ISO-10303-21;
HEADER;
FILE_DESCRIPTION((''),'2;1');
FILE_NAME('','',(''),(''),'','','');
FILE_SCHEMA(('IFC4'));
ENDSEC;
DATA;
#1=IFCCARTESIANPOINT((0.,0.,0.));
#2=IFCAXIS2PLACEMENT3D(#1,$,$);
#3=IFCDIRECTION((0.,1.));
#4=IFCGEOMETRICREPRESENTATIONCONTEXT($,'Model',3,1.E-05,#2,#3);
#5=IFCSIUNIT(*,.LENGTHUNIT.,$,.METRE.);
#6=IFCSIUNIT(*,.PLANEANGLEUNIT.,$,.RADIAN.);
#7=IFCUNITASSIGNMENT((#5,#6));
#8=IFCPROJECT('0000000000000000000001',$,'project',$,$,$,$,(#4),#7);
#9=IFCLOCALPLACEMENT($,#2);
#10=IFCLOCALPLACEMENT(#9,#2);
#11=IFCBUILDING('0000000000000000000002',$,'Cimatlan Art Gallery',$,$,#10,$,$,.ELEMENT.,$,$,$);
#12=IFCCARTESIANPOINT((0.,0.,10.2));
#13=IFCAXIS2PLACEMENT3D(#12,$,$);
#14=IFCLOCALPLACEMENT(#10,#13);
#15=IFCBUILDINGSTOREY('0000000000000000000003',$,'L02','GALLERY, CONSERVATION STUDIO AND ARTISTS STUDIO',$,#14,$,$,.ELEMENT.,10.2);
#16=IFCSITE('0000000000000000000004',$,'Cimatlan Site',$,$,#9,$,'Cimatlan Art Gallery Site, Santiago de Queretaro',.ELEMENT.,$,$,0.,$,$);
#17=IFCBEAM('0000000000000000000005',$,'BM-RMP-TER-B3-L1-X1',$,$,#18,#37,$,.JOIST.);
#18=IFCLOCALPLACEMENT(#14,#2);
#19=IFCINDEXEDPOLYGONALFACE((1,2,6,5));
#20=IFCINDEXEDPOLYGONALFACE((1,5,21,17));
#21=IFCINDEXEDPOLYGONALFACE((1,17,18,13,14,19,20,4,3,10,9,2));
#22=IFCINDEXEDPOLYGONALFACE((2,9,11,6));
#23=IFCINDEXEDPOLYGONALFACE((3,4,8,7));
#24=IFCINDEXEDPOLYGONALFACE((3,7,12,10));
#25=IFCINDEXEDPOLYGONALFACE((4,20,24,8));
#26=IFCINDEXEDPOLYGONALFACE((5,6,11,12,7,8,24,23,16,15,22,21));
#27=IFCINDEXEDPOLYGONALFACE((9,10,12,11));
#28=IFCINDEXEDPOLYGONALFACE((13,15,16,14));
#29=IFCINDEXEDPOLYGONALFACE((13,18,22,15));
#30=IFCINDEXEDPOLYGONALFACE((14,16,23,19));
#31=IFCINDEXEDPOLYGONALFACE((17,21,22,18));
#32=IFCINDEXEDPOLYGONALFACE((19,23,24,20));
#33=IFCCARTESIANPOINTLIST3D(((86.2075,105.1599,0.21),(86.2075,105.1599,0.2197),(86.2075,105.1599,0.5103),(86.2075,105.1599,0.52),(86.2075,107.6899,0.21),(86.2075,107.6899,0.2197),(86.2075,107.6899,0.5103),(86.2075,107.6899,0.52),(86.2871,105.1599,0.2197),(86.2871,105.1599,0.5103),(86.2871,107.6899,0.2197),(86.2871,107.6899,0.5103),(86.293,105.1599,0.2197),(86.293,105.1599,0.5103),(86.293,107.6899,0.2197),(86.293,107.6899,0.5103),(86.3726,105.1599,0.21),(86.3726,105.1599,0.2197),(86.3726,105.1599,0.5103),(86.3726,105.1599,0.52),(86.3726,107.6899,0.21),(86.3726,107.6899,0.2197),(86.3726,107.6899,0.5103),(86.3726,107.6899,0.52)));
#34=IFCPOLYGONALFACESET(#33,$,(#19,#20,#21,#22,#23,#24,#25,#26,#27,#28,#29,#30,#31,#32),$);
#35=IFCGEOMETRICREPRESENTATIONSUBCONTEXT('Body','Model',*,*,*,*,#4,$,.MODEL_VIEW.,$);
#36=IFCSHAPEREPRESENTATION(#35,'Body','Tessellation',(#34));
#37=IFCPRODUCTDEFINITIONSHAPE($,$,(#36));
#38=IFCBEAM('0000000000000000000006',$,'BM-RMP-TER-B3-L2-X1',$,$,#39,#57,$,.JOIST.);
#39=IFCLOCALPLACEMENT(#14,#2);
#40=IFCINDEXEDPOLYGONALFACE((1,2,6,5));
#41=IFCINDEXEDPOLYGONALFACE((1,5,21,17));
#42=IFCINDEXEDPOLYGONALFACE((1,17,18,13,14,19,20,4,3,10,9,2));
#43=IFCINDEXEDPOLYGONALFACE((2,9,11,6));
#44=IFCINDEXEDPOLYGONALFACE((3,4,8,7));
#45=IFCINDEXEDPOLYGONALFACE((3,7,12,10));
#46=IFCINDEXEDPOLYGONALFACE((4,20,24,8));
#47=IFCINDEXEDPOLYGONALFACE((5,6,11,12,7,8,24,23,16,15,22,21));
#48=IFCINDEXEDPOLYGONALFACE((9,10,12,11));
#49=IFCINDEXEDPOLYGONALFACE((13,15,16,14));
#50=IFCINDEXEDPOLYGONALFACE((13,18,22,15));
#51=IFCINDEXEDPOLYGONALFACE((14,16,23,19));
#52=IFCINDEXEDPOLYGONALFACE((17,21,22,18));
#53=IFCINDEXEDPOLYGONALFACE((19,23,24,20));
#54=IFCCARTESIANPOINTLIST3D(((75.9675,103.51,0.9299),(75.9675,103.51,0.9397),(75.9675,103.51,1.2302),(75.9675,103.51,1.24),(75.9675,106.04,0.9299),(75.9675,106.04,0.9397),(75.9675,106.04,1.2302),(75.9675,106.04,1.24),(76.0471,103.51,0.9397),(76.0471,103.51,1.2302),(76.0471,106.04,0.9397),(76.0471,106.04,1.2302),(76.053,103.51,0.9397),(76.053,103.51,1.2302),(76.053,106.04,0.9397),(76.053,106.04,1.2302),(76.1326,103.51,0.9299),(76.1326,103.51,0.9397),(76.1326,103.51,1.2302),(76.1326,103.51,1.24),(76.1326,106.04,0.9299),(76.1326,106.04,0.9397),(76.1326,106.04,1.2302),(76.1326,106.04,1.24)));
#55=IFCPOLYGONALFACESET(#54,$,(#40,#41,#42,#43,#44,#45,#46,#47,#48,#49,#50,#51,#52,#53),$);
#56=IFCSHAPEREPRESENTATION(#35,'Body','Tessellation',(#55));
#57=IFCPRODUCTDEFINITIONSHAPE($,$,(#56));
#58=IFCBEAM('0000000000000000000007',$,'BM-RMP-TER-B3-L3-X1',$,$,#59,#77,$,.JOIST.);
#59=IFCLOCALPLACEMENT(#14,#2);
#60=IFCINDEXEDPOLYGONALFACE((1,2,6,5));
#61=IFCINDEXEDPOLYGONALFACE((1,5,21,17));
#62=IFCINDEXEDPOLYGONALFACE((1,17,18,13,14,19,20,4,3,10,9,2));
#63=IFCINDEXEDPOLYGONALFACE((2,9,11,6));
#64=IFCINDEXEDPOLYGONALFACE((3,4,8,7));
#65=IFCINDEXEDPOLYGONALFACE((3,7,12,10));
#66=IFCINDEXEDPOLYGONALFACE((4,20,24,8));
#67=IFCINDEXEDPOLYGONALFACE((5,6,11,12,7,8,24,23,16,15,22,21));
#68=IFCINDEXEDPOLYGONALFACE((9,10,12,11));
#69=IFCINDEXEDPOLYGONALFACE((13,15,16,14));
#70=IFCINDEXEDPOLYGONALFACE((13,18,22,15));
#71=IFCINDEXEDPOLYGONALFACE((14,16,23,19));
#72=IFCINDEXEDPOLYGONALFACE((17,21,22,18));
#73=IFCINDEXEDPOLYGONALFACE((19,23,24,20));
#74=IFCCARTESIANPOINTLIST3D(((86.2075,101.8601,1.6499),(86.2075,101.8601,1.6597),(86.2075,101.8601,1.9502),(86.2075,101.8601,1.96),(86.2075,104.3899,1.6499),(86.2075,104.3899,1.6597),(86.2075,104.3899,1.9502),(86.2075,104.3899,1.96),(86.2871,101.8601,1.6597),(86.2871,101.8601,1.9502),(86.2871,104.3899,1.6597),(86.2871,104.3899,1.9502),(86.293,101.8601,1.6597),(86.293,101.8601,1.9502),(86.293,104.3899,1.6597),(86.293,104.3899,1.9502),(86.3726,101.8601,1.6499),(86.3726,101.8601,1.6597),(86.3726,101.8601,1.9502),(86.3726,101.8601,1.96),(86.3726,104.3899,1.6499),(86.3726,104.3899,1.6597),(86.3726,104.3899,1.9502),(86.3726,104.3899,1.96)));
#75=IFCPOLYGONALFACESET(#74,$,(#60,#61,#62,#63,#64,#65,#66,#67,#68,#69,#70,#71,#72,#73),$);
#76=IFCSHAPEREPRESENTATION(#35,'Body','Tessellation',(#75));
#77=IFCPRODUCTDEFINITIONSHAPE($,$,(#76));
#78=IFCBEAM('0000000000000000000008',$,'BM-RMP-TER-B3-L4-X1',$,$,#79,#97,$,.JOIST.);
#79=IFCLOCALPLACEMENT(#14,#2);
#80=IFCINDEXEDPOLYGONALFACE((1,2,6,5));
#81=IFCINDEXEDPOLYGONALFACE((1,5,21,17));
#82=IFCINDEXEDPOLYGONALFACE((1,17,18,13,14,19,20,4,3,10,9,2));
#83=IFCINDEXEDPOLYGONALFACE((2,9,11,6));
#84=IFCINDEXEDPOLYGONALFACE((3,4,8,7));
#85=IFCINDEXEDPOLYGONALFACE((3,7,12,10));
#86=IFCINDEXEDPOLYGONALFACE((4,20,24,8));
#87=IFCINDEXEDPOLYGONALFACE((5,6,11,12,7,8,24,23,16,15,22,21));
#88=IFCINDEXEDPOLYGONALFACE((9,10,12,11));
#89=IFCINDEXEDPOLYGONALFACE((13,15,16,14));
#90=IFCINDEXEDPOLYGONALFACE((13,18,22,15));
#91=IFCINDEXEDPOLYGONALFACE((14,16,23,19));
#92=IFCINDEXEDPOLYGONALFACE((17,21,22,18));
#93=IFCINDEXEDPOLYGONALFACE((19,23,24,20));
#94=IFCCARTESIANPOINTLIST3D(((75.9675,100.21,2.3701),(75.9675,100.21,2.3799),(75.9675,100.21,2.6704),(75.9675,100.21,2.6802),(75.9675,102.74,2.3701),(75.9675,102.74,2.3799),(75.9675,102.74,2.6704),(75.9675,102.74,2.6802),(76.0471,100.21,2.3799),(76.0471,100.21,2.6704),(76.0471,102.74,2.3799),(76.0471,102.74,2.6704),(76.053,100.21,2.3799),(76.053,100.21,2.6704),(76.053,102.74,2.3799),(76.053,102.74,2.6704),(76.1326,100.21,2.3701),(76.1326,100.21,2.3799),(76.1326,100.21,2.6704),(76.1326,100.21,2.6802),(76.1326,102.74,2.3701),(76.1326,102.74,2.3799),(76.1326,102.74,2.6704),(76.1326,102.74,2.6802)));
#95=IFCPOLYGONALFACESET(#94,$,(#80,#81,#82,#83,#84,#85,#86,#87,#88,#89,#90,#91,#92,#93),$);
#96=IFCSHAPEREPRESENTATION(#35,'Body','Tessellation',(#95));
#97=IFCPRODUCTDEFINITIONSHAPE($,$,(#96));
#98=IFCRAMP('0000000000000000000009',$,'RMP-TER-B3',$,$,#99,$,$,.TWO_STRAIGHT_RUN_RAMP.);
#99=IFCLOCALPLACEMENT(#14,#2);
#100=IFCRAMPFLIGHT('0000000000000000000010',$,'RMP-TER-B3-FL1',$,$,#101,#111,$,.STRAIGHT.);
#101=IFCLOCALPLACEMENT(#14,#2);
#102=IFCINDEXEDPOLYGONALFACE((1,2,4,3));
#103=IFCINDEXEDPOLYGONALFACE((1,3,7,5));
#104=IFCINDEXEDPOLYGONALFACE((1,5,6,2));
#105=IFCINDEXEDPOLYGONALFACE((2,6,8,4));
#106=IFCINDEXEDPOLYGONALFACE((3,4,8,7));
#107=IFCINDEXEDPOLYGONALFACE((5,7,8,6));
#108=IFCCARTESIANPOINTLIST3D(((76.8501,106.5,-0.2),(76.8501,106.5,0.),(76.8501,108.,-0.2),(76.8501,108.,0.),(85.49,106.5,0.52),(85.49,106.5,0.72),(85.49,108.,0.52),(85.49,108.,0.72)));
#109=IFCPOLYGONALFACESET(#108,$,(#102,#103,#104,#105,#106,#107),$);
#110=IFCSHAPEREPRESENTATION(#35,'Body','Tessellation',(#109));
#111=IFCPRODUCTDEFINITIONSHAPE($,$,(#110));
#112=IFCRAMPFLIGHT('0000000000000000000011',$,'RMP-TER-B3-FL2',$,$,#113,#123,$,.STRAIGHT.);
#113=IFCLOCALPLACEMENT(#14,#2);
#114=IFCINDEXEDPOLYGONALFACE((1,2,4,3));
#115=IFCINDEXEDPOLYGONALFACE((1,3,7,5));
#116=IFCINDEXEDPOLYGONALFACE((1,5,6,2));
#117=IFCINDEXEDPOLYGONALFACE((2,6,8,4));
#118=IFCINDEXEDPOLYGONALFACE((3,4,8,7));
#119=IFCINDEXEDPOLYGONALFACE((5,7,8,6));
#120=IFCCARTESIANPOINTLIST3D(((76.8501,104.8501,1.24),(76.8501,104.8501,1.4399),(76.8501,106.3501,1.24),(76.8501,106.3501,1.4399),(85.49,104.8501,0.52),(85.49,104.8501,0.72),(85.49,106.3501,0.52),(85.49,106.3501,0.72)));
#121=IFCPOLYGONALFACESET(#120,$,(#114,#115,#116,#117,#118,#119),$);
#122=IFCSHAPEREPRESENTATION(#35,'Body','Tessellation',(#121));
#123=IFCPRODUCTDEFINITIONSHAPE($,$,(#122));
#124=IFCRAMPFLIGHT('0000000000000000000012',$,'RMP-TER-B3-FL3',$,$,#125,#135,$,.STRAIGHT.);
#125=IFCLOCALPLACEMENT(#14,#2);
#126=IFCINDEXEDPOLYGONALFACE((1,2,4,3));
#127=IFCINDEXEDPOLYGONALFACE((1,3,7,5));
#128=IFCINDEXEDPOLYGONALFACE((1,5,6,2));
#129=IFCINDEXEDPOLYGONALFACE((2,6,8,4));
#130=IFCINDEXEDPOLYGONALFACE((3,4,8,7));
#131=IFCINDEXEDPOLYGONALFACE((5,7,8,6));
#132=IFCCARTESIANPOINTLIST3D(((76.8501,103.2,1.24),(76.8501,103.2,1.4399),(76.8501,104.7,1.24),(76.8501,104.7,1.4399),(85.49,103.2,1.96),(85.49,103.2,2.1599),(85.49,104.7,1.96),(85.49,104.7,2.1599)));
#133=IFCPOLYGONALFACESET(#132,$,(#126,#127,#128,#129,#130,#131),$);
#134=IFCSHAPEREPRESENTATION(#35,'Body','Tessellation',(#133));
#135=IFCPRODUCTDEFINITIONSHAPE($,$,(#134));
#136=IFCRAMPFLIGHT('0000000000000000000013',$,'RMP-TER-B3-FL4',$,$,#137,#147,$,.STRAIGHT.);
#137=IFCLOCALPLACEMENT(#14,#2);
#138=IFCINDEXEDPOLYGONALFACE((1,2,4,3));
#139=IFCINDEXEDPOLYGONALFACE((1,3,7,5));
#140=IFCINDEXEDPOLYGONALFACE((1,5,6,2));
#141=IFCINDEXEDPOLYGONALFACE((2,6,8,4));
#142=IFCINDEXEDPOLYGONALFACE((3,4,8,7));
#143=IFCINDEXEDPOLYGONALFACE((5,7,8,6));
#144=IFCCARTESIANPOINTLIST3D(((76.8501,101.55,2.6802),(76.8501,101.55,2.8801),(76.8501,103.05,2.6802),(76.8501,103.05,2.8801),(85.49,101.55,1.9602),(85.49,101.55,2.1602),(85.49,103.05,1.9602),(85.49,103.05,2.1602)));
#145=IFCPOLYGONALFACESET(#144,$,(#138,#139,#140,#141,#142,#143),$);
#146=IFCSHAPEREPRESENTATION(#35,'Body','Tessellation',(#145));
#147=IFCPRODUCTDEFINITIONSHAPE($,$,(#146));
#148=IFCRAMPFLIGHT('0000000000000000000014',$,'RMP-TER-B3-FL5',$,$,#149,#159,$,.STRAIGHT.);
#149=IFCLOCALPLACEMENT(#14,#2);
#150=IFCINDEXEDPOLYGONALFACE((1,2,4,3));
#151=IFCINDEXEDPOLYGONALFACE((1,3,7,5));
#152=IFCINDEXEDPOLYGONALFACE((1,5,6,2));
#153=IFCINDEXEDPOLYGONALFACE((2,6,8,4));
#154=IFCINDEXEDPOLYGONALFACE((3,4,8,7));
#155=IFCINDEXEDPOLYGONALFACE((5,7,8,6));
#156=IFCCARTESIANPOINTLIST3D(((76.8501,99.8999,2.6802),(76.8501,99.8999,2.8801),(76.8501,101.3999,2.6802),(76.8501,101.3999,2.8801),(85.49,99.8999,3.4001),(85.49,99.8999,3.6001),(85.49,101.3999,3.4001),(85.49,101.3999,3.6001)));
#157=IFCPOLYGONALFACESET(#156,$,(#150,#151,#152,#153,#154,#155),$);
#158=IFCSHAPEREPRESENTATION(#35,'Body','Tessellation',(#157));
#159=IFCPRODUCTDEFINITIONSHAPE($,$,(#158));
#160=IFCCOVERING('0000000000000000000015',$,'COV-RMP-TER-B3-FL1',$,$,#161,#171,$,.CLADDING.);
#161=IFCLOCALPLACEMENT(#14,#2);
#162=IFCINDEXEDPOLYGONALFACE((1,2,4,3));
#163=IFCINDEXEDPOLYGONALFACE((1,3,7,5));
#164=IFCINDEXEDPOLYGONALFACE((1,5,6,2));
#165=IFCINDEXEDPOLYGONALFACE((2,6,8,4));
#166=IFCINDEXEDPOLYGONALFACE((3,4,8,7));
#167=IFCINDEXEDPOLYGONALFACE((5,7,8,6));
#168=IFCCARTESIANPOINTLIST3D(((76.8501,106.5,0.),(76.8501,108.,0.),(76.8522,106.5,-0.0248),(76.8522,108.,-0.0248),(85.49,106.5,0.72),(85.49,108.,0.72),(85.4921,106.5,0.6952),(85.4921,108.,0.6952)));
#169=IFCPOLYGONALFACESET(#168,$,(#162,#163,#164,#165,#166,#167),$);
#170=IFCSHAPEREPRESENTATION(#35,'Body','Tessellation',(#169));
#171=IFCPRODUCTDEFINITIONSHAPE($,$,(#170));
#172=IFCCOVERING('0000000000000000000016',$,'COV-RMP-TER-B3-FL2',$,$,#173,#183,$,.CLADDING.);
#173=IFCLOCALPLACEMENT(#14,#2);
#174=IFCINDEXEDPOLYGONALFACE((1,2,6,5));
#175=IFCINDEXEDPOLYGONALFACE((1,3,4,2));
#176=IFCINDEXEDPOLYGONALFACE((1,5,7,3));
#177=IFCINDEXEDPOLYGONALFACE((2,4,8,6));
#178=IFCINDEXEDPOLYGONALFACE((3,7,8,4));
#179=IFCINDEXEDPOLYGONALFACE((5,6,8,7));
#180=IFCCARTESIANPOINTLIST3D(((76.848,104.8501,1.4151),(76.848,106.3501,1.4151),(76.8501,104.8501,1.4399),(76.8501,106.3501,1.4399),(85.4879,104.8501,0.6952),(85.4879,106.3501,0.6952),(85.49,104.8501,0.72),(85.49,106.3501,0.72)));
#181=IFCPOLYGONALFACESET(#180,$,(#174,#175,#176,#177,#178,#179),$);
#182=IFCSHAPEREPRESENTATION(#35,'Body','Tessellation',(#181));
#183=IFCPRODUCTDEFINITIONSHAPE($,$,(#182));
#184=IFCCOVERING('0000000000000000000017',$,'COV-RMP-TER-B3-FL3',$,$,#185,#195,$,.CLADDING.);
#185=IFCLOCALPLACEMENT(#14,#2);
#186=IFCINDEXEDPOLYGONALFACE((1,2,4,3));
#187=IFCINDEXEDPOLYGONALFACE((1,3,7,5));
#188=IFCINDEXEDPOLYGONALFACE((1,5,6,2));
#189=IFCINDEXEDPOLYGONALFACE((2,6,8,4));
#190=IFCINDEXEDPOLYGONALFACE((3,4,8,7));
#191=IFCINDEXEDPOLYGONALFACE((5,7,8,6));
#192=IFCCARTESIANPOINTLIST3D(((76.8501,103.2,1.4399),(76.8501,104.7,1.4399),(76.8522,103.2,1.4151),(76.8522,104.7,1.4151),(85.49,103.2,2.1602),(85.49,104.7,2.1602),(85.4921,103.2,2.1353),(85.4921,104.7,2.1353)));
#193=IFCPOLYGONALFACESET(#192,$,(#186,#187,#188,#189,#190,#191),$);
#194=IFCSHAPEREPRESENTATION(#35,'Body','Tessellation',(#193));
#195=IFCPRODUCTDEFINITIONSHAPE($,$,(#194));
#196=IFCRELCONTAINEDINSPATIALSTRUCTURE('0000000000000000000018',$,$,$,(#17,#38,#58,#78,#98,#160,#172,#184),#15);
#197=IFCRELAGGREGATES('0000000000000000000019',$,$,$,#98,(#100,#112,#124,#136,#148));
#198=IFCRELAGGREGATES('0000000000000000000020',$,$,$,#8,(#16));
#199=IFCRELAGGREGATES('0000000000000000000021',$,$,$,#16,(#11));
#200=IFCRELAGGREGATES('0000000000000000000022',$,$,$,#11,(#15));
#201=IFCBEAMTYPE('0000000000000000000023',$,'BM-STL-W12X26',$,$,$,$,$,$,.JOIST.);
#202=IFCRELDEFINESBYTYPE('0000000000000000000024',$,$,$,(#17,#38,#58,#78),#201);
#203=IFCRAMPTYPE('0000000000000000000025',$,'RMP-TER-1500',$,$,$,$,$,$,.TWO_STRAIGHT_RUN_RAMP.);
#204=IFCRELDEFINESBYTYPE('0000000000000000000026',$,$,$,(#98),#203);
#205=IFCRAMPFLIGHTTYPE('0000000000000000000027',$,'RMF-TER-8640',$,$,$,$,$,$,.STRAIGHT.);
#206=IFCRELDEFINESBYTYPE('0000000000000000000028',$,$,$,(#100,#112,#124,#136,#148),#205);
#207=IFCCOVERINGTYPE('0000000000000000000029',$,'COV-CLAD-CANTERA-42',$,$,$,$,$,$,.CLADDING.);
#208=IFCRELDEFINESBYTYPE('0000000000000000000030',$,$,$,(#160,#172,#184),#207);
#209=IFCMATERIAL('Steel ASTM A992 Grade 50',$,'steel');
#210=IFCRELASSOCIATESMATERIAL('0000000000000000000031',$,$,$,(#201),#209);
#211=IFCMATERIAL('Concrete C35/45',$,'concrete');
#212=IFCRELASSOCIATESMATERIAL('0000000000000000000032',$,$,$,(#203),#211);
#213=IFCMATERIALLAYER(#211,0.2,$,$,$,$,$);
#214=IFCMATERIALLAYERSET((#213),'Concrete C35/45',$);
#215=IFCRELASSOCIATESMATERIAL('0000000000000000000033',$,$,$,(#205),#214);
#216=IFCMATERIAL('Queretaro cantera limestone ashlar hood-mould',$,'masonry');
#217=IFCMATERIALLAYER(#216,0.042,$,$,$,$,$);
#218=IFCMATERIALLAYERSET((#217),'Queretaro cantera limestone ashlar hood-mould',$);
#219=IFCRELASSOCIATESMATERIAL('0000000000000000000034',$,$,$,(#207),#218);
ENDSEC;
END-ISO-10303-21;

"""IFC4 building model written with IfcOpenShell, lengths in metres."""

from ifc_helpers import new_model, si_unit, direction, frame, origin, origin_2d, place, context, subcontext, project, spatial, polyline, i_section, outline, extrude, material, layer, layer_set, material_profile, profile_set, type_object, element, aggregate, save


model = new_model("IFC4")

# Units and contexts
model_context = context("Model", 3, precision=1e-05, world=origin(), true_north=direction((0.0, 1.0)))
body_context = subcontext(model_context, "Body", "Model", "MODEL_VIEW")
ifc_project = project(units=[si_unit("LENGTHUNIT", "METRE"), si_unit("PLANEANGLEUNIT", "RADIAN")], contexts=[model_context])

# Site, building, storey
site_placement = place(None, origin())
site = spatial("IfcSite", under=ifc_project, at=site_placement, Name="Cimatlan Site", LongName="Cimatlan Art Gallery Site, Santiago de Queretaro", CompositionType="ELEMENT", RefElevation=0.0)
building_placement = place(site_placement, origin())
building = spatial("IfcBuilding", under=site, at=building_placement, Name="Cimatlan Art Gallery", CompositionType="ELEMENT")
storey_placement = place(building_placement, frame((0.0, 0.0, 10.2)))
storey = spatial("IfcBuildingStorey", under=building, at=storey_placement, Name="L02", Description="GALLERY, CONSERVATION STUDIO AND ARTISTS STUDIO", CompositionType="ELEMENT", Elevation=10.2)

# Beams
ifc_material_1 = material(Name="Steel ASTM A992 Grade 50", Category="steel")
ifc_material_profile = material_profile(ifc_material_1, i_section(OverallWidth=0.165, OverallDepth=0.3101, WebThickness=0.0059, FlangeThickness=0.0098, at=origin_2d()), Name="W12X26")
ifc_profile_set = profile_set([ifc_material_profile], Name="Steel ASTM A992 Grade 50")
beam_type = type_object("IfcBeamType", Name="BM-STL-W12X26", PredefinedType="JOIST", material=ifc_profile_set)
for number, where, z_axis, x_axis, name in (
    (1, (86.29, 105.1599, 0.365), (0.0, 1.0, 0.0), (-1.0, 0.0, 0.0), "BM-RMP-TER-B3-L1-X1"),
    (2, (76.05, 103.51, 1.085), (0.0, 1.0, 0.0), (-1.0, 0.0, 0.0), "BM-RMP-TER-B3-L2-X1"),
):
    element("IfcBeam", number, at=place(storey_placement, frame(where, z_axis=z_axis, x_axis=x_axis)), inside=storey, type_object=beam_type, Name=name, PredefinedType="JOIST", context=body_context, shape_type="SweptSolid", body=[
        extrude(i_section(OverallWidth=0.165, OverallDepth=0.3101, WebThickness=0.0059, FlangeThickness=0.0098, at=origin_2d()), origin(), (0.0, 0.0, 1.0), 2.53),
    ])
beam_1_placement = place(storey_placement, frame((86.29, 101.8601, 1.8049), z_axis=(0.0, 1.0, 0.0), x_axis=(-1.0, 0.0, 0.0)))
element("IfcBeam", 3, at=beam_1_placement, inside=storey, type_object=beam_type, Name="BM-RMP-TER-B3-L3-X1", PredefinedType="JOIST", context=body_context, shape_type="SweptSolid", body=[
    extrude(i_section(OverallWidth=0.165, OverallDepth=0.3101, WebThickness=0.0059, FlangeThickness=0.0098, at=origin_2d()), origin(), (0.0, 0.0, 1.0), 2.5298),
])
beam_2_placement = place(storey_placement, frame((76.05, 100.21, 2.5251), z_axis=(0.0, 1.0, 0.0), x_axis=(-1.0, 0.0, 0.0)))
element("IfcBeam", 4, at=beam_2_placement, inside=storey, type_object=beam_type, Name="BM-RMP-TER-B3-L4-X1", PredefinedType="JOIST", context=body_context, shape_type="SweptSolid", body=[
    extrude(i_section(OverallWidth=0.165, OverallDepth=0.3101, WebThickness=0.0059, FlangeThickness=0.0098, at=origin_2d()), origin(), (0.0, 0.0, 1.0), 2.53),
])

# Ramp, ramp flights
ifc_material_2 = material(Name="Concrete C35/45", Category="concrete")
ramp_type = type_object("IfcRampType", Name="RMP-TER-1500", PredefinedType="TWO_STRAIGHT_RUN_RAMP", material=ifc_material_2)
ramp_placement = place(storey_placement, origin())
ramp = element("IfcRamp", 5, at=ramp_placement, inside=storey, type_object=ramp_type, Name="RMP-TER-B3", PredefinedType="TWO_STRAIGHT_RUN_RAMP")
ifc_layer_1 = layer(ifc_material_2, 0.2)
ifc_layer_set_1 = layer_set([ifc_layer_1], Name="Concrete C35/45")
ramp_flight_type = type_object("IfcRampFlightType", Name="RMF-TER-8640", PredefinedType="STRAIGHT", material=ifc_layer_set_1)
ramp_flight_1_placement = place(storey_placement, frame((76.8501, 107.25, 0.0), z_axis=(0.0, 0.0, 1.0), x_axis=(1.0, 0.0, 0.0)))
ramp_flight_1 = element("IfcRampFlight", 6, at=ramp_flight_1_placement, type_object=ramp_flight_type, Name="RMP-TER-B3-FL1", PredefinedType="STRAIGHT", context=body_context, shape_type="SweptSolid", body=[
    extrude(outline(polyline([(0.0, 0.0), (8.6399, 0.72), (8.6399, 0.52), (0.0, -0.2), (0.0, 0.0)])), frame((0.0, 0.75, 0.0), z_axis=(0.0, -1.0, 0.0), x_axis=(1.0, 0.0, 0.0)), (0.0, 0.0, 1.0), 1.5),
])
ramp_flight_2_placement = place(storey_placement, frame((85.49, 105.6001, 0.72), z_axis=(0.0, 0.0, 1.0), x_axis=(-1.0, 0.0, 0.0)))
ramp_flight_2 = element("IfcRampFlight", 7, at=ramp_flight_2_placement, type_object=ramp_flight_type, Name="RMP-TER-B3-FL2", PredefinedType="STRAIGHT", context=body_context, shape_type="SweptSolid", body=[
    extrude(outline(polyline([(0.0, 0.0), (8.6399, 0.72), (8.6399, 0.52), (0.0, -0.2), (0.0, 0.0)])), frame((0.0, 0.75, 0.0), z_axis=(0.0, -1.0, 0.0), x_axis=(1.0, 0.0, 0.0)), (0.0, 0.0, 1.0), 1.5),
])
ramp_flight_3_placement = place(storey_placement, frame((76.8501, 103.95, 1.4399), z_axis=(0.0, 0.0, 1.0), x_axis=(1.0, 0.0, 0.0)))
ramp_flight_3 = element("IfcRampFlight", 8, at=ramp_flight_3_placement, type_object=ramp_flight_type, Name="RMP-TER-B3-FL3", PredefinedType="STRAIGHT", context=body_context, shape_type="SweptSolid", body=[
    extrude(outline(polyline([(0.0, 0.0), (8.6399, 0.72), (8.6399, 0.52), (0.0, -0.2), (0.0, 0.0)])), frame((0.0, 0.75, 0.0), z_axis=(0.0, -1.0, 0.0), x_axis=(1.0, 0.0, 0.0)), (0.0, 0.0, 1.0), 1.5),
])
ramp_flight_4_placement = place(storey_placement, frame((85.49, 102.3, 2.1602), z_axis=(0.0, 0.0, 1.0), x_axis=(-1.0, 0.0, 0.0)))
ramp_flight_4 = element("IfcRampFlight", 9, at=ramp_flight_4_placement, type_object=ramp_flight_type, Name="RMP-TER-B3-FL4", PredefinedType="STRAIGHT", context=body_context, shape_type="SweptSolid", body=[
    extrude(outline(polyline([(0.0, 0.0), (8.6399, 0.72), (8.6399, 0.52), (0.0, -0.2), (0.0, 0.0)])), frame((0.0, 0.75, 0.0), z_axis=(0.0, -1.0, 0.0), x_axis=(1.0, 0.0, 0.0)), (0.0, 0.0, 1.0), 1.5),
])
ramp_flight_5_placement = place(storey_placement, frame((76.8501, 100.6499, 2.8801), z_axis=(0.0, 0.0, 1.0), x_axis=(1.0, 0.0, 0.0)))
ramp_flight_5 = element("IfcRampFlight", 10, at=ramp_flight_5_placement, type_object=ramp_flight_type, Name="RMP-TER-B3-FL5", PredefinedType="STRAIGHT", context=body_context, shape_type="SweptSolid", body=[
    extrude(outline(polyline([(0.0, 0.0), (8.6399, 0.72), (8.6399, 0.52), (0.0, -0.2), (0.0, 0.0)])), frame((0.0, 0.75, 0.0), z_axis=(0.0, -1.0, 0.0), x_axis=(1.0, 0.0, 0.0)), (0.0, 0.0, 1.0), 1.5),
])
aggregate(ramp, [ramp_flight_1, ramp_flight_2, ramp_flight_3, ramp_flight_4, ramp_flight_5])

# Coverings
ifc_material_3 = material(Name="Queretaro cantera limestone ashlar hood-mould", Category="masonry")
ifc_layer_2 = layer(ifc_material_3, 0.042)
ifc_layer_set_2 = layer_set([ifc_layer_2], Name="Queretaro cantera limestone ashlar hood-mould")
covering_type = type_object("IfcCoveringType", Name="COV-CLAD-CANTERA-42", PredefinedType="CLADDING", material=ifc_layer_set_2)
for number, where, z_axis, x_axis, name in (
    (11, (76.8501, 106.5, 0.0), (-0.083043, 0.0, 0.996546), (0.996546, 0.0, 0.083043), "COV-RMP-TER-B3-FL1"),
    (12, (76.8501, 104.8501, 1.4399), (0.083043, 0.0, 0.996546), (0.996546, 0.0, -0.083043), "COV-RMP-TER-B3-FL2"),
):
    element("IfcCovering", number, at=place(storey_placement, frame(where, z_axis=z_axis, x_axis=x_axis)), inside=storey, type_object=covering_type, Name=name, PredefinedType="CLADDING", context=body_context, shape_type="SweptSolid", body=[
        extrude(outline(polyline([(0.0, 0.0), (8.6698, 0.0), (8.6698, 1.5), (0.0, 1.5), (0.0, 0.0)])), origin(), (0.0, 0.0, -1.0), 0.0249),
    ])
covering_placement = place(storey_placement, frame((76.8501, 103.2, 1.4399), z_axis=(-0.083071, 0.0, 0.996544), x_axis=(0.996544, 0.0, 0.083071)))
element("IfcCovering", 13, at=covering_placement, inside=storey, type_object=covering_type, Name="COV-RMP-TER-B3-FL3", PredefinedType="CLADDING", context=body_context, shape_type="SweptSolid", body=[
    extrude(outline(polyline([(0.0, 0.0), (8.6699, 0.0), (8.6699, 1.5), (0.0, 1.5), (0.0, 0.0)])), origin(), (0.0, 0.0, -1.0), 0.0249),
])

save(model, "model.ifc")
